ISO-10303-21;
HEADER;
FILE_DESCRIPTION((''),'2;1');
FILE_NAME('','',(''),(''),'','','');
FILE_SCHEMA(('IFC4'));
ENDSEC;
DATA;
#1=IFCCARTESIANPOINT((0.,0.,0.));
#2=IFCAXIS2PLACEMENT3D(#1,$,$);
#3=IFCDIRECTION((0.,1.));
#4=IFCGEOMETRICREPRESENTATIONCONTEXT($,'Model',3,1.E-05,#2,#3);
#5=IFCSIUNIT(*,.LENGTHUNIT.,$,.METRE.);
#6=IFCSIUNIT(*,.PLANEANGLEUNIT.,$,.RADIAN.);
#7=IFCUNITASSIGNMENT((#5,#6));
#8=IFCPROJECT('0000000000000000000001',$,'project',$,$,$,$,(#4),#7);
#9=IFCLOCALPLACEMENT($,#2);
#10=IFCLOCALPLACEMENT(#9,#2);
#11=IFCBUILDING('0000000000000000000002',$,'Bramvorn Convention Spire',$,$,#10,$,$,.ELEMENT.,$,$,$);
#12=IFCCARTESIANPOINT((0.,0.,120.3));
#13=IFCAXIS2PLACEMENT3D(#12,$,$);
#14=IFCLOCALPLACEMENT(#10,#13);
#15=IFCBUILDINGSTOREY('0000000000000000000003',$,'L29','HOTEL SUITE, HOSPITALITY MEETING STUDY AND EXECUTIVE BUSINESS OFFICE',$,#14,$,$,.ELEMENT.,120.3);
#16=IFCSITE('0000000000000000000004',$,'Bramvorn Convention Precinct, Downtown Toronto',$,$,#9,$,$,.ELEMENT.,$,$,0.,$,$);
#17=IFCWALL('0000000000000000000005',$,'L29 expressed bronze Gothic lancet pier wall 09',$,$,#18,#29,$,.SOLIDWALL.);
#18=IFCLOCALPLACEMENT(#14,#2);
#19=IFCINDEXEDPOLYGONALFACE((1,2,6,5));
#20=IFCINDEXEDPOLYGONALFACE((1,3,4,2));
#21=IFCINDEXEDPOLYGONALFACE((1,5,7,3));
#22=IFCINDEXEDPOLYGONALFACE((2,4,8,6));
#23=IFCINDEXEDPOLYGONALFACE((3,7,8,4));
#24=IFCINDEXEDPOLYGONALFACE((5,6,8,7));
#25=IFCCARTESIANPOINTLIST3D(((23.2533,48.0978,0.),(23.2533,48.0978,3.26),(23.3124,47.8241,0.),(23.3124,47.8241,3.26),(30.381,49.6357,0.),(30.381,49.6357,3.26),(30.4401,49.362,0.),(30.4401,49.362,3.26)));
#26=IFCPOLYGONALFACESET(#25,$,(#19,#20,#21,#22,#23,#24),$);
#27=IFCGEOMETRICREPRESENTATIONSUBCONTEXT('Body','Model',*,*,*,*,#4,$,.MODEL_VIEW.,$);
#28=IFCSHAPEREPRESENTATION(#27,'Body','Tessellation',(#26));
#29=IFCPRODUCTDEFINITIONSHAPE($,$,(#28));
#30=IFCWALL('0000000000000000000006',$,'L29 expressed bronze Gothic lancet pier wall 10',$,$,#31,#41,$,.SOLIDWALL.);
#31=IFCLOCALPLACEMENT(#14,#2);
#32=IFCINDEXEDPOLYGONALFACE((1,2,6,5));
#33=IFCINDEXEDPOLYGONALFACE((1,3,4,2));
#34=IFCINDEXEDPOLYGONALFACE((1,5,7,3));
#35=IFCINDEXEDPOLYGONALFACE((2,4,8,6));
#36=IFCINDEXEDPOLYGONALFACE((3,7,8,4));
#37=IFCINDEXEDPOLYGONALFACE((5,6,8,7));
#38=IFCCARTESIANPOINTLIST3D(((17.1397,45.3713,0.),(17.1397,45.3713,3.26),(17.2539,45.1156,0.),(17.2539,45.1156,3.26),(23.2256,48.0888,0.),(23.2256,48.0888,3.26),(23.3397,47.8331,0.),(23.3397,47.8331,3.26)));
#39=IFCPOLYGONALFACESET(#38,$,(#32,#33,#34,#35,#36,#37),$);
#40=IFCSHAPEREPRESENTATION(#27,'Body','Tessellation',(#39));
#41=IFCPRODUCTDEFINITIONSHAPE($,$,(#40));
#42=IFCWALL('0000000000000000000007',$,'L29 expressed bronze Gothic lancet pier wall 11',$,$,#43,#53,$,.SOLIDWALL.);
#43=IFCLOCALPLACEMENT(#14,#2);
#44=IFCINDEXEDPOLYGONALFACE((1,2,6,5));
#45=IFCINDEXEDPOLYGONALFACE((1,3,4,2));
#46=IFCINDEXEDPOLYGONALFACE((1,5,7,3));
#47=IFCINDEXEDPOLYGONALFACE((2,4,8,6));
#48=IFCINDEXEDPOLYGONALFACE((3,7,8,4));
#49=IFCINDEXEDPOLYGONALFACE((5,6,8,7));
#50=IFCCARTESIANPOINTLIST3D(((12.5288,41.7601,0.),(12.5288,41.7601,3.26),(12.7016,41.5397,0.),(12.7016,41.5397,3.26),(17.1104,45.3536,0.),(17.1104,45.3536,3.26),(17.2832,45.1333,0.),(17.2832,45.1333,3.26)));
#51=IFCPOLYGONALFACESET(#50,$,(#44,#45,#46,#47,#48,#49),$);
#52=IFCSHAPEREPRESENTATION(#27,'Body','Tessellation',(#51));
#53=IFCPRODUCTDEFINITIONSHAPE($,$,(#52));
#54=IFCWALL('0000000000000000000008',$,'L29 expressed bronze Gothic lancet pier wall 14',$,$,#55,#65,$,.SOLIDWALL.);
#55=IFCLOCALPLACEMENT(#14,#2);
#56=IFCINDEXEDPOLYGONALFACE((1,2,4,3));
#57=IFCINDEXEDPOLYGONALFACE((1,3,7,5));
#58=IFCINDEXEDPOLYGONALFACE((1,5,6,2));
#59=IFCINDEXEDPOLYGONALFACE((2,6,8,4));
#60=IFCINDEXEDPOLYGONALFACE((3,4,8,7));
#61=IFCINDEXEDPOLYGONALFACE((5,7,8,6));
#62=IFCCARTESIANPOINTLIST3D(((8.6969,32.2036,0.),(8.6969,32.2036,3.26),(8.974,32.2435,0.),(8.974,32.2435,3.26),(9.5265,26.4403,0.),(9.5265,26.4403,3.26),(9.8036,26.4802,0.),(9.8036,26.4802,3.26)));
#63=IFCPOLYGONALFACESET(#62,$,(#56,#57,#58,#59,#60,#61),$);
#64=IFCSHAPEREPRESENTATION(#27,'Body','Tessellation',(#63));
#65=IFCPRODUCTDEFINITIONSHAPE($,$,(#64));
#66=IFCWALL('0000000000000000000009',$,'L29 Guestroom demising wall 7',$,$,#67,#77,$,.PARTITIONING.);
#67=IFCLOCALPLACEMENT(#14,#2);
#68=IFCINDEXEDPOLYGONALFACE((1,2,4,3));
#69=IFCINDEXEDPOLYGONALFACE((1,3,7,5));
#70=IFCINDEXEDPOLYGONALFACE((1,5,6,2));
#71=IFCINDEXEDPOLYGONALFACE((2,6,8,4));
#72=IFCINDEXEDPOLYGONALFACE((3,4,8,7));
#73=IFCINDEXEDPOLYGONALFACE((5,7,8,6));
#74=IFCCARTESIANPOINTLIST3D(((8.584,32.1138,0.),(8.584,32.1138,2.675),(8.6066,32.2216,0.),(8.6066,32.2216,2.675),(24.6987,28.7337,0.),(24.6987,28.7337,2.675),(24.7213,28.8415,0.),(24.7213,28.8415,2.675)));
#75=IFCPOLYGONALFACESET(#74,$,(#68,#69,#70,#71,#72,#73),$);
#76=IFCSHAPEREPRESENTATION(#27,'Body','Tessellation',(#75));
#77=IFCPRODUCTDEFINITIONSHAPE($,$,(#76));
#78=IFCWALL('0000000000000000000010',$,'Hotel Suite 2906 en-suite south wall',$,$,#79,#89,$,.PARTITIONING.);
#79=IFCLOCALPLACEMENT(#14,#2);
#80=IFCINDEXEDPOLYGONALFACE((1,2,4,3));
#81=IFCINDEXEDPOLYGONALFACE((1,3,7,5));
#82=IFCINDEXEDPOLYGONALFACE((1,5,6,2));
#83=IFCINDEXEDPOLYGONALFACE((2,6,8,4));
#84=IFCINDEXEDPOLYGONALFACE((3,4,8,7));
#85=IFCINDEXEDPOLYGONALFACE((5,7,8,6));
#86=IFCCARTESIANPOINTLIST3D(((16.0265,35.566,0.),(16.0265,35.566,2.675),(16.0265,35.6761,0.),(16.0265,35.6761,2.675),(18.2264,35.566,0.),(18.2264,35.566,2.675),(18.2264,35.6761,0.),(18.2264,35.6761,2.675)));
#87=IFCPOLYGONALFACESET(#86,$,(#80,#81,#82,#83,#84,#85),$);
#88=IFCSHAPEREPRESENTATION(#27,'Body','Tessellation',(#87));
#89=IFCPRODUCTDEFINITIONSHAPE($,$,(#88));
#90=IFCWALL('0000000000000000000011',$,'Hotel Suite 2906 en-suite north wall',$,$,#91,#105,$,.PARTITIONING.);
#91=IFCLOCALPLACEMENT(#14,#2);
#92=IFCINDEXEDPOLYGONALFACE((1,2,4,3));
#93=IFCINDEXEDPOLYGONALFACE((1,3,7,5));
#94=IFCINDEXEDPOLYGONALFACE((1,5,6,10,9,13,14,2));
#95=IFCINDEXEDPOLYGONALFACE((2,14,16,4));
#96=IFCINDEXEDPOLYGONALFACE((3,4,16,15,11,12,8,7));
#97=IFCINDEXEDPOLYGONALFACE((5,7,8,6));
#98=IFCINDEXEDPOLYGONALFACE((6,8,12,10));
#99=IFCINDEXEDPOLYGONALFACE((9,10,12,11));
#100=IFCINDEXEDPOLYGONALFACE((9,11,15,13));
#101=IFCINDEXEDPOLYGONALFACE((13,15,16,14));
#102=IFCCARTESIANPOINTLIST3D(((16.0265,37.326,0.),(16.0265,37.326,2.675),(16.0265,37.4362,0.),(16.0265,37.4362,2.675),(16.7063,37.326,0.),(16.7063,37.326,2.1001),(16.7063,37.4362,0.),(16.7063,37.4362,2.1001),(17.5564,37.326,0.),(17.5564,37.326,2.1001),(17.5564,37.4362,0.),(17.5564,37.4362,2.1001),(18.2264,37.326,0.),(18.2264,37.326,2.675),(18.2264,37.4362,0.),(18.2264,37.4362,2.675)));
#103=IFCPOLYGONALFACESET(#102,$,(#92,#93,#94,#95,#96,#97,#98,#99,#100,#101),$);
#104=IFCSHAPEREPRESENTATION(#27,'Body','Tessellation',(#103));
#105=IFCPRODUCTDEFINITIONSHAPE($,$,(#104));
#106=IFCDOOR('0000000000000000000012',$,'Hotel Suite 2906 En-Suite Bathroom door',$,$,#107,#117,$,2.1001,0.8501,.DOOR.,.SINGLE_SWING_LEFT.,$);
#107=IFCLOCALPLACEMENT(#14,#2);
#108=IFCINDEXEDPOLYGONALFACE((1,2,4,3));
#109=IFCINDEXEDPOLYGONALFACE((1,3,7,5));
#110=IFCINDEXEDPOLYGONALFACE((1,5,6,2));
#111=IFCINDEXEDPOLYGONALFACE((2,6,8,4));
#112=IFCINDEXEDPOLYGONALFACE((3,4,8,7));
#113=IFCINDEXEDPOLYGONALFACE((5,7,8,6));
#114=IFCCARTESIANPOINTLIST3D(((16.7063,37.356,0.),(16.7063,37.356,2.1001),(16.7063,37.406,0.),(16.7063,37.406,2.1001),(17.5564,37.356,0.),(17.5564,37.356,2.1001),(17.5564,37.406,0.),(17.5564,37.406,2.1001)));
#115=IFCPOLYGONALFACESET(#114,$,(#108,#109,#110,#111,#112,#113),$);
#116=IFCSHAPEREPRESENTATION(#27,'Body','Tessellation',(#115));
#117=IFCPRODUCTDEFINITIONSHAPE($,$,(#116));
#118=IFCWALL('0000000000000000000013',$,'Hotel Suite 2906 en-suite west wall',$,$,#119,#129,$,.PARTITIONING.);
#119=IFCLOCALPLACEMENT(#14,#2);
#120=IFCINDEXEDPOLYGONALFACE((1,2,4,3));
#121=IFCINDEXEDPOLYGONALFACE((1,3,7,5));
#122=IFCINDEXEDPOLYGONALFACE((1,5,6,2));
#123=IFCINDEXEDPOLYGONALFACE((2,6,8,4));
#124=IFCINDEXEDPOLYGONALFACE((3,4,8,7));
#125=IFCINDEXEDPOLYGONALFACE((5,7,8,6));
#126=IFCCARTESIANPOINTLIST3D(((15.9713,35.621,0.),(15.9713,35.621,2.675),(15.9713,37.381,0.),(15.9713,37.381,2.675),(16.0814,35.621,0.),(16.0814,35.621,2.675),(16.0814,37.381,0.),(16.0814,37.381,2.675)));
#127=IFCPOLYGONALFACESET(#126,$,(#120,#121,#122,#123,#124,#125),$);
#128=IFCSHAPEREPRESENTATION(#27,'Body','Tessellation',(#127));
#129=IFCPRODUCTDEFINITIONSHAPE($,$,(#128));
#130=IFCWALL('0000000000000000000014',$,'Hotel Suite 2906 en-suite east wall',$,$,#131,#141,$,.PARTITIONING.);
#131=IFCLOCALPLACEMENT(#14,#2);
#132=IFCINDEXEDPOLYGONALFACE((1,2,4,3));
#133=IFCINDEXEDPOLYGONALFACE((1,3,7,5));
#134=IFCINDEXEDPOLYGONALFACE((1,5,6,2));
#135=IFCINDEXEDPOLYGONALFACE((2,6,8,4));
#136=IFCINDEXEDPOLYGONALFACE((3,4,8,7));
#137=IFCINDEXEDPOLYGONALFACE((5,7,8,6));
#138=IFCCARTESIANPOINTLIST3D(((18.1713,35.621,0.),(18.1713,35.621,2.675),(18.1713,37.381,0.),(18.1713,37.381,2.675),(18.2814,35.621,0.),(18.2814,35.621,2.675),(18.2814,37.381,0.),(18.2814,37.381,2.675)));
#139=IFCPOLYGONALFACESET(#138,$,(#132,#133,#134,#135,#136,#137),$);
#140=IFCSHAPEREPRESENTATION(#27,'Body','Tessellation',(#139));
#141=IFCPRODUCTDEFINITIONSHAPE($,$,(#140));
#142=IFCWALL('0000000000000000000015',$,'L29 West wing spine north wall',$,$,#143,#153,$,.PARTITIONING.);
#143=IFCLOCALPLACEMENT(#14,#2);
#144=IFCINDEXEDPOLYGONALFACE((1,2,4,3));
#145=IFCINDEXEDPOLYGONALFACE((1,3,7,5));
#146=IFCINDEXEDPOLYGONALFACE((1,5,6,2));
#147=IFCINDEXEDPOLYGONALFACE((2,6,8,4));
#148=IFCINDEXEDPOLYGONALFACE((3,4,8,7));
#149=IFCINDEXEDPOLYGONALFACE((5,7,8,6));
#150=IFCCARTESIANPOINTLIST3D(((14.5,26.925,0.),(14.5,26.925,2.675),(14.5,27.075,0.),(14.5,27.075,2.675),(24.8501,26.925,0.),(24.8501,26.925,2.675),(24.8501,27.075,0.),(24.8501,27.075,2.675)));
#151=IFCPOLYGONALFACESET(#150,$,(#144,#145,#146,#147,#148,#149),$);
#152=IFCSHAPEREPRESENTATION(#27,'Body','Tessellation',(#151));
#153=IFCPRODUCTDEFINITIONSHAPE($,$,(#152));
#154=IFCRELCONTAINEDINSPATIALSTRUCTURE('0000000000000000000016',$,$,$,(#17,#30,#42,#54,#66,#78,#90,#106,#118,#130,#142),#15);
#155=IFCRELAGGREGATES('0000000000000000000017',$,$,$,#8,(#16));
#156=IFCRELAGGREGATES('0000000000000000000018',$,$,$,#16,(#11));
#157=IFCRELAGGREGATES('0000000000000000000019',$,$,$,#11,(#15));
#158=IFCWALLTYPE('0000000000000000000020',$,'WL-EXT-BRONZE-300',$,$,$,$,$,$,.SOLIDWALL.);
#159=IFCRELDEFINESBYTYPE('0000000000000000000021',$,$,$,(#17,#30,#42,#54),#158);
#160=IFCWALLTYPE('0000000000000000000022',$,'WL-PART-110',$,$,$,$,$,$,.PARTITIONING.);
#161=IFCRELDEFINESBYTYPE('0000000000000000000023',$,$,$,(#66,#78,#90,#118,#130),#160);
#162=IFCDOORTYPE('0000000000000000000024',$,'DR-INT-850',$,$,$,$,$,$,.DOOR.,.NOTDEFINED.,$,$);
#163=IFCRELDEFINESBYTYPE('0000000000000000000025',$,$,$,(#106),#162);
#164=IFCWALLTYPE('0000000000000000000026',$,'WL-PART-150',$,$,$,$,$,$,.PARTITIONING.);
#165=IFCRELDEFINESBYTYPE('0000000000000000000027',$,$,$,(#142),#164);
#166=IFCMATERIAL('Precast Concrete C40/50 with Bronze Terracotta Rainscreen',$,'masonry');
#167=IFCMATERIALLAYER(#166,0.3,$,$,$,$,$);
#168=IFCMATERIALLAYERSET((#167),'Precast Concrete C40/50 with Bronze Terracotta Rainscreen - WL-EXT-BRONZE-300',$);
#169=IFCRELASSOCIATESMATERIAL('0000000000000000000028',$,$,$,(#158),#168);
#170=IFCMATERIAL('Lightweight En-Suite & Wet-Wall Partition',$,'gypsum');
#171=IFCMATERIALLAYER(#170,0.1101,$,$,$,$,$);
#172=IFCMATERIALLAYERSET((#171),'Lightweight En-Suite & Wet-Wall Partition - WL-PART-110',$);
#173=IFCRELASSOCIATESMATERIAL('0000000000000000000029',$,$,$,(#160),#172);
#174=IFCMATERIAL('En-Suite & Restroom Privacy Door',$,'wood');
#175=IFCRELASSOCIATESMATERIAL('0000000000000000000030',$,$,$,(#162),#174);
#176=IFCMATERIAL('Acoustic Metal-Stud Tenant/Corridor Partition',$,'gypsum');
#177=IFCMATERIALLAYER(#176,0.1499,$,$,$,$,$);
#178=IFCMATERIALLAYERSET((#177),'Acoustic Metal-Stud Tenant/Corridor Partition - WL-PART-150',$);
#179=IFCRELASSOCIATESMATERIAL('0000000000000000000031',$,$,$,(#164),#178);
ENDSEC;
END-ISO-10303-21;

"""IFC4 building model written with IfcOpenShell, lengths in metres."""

from ifc_helpers import new_model, si_unit, direction, frame, frame_2d, origin, place, context, subcontext, project, spatial, rectangle, extrude, material, layer, layer_set, type_object, element, fill, save


model = new_model("IFC4")

# Units and contexts
model_context = context("Model", 3, precision=1e-05, world=origin(), true_north=direction((0.0, 1.0)))
body_context = subcontext(model_context, "Body", "Model", "MODEL_VIEW")
ifc_project = project(units=[si_unit("LENGTHUNIT", "METRE"), si_unit("PLANEANGLEUNIT", "RADIAN")], contexts=[model_context])

# Site, building, storey
site_placement = place(None, origin())
site = spatial("IfcSite", under=ifc_project, at=site_placement, Name="Bramvorn Convention Precinct, Downtown Toronto", CompositionType="ELEMENT", RefElevation=0.0)
building_placement = place(site_placement, origin())
building = spatial("IfcBuilding", under=site, at=building_placement, Name="Bramvorn Convention Spire", CompositionType="ELEMENT")
storey_placement = place(building_placement, frame((0.0, 0.0, 120.3)))
storey = spatial("IfcBuildingStorey", under=building, at=storey_placement, Name="L29", Description="HOTEL SUITE, HOSPITALITY MEETING STUDY AND EXECUTIVE BUSINESS OFFICE", CompositionType="ELEMENT", Elevation=120.3)

# Walls
ifc_material_1 = material(Name="Precast Concrete C40/50 with Bronze Terracotta Rainscreen", Category="masonry")
ifc_layer_1 = layer(ifc_material_1, 0.3)
ifc_layer_set_1 = layer_set([ifc_layer_1], Name="Precast Concrete C40/50 with Bronze Terracotta Rainscreen - WL-EXT-BRONZE-300")
wall_type_1 = type_object("IfcWallType", Name="WL-EXT-BRONZE-300", PredefinedType="SOLIDWALL", material=ifc_layer_set_1)
wall_1_placement = place(storey_placement, frame((23.2827, 47.9609, 0.0), z_axis=(0.0, 0.0, 1.0), x_axis=(0.977507, 0.210903, 0.0)))
element("IfcWall", 1, at=wall_1_placement, inside=storey, type_object=wall_type_1, Name="L29 expressed bronze Gothic lancet pier wall 09", PredefinedType="SOLIDWALL", context=body_context, shape_type="SweptSolid", body=[
    extrude(rectangle(XDim=7.2917, YDim=0.28, at=frame_2d((3.646, 0.0))), origin(), (0.0, 0.0, 1.0), 3.26),
])
wall_2_placement = place(storey_placement, frame((17.1968, 45.2434, 0.0), z_axis=(0.0, 0.0, 1.0), x_axis=(0.913105, 0.407725, 0.0)))
element("IfcWall", 2, at=wall_2_placement, inside=storey, type_object=wall_type_1, Name="L29 expressed bronze Gothic lancet pier wall 10", PredefinedType="SOLIDWALL", context=body_context, shape_type="SweptSolid", body=[
    extrude(rectangle(XDim=6.665, YDim=0.28, at=frame_2d((3.3325, 0.0))), origin(), (0.0, 0.0, 1.0), 3.26),
])
for number, where, z_axis, x_axis, name in (
    (3, (12.6152, 41.6499, 0.0), (0.0, 0.0, 1.0), (0.786842, 0.617155, 0.0), "L29 expressed bronze Gothic lancet pier wall 11"),
    (4, (9.665, 26.4602, 0.0), (0.0, 0.0, 1.0), (-0.142472, 0.989799, 0.0), "L29 expressed bronze Gothic lancet pier wall 14"),
):
    element("IfcWall", number, at=place(storey_placement, frame(where, z_axis=z_axis, x_axis=x_axis)), inside=storey, type_object=wall_type_1, Name=name, PredefinedType="SOLIDWALL", context=body_context, shape_type="SweptSolid", body=[
        extrude(rectangle(XDim=5.8228, YDim=0.28, at=frame_2d((2.9114, 0.0))), origin(), (0.0, 0.0, 1.0), 3.26),
    ])
ifc_material_2 = material(Name="Lightweight En-Suite & Wet-Wall Partition", Category="gypsum")
ifc_layer_2 = layer(ifc_material_2, 0.1101)
ifc_layer_set_2 = layer_set([ifc_layer_2], Name="Lightweight En-Suite & Wet-Wall Partition - WL-PART-110")
wall_type_2 = type_object("IfcWallType", Name="WL-PART-110", PredefinedType="PARTITIONING", material=ifc_layer_set_2)
wall_3_placement = place(storey_placement, frame((24.71, 28.7876, 0.0), z_axis=(0.0, 0.0, 1.0), x_axis=(-0.978702, 0.205286, 0.0)))
element("IfcWall", 5, at=wall_3_placement, inside=storey, type_object=wall_type_2, Name="L29 Guestroom demising wall 7", PredefinedType="PARTITIONING", context=body_context, shape_type="SweptSolid", body=[
    extrude(rectangle(XDim=16.4653, YDim=0.1101, at=frame_2d((8.2327, 0.0))), origin(), (0.0, 0.0, 1.0), 2.675),
])
wall_4_placement = place(storey_placement, frame((16.0264, 35.6211, 0.0), z_axis=(0.0, 0.0, 1.0), x_axis=(1.0, 0.0, 0.0)))
element("IfcWall", 6, at=wall_4_placement, inside=storey, type_object=wall_type_2, Name="Hotel Suite 2906 en-suite south wall", PredefinedType="PARTITIONING", context=body_context, shape_type="SweptSolid", body=[
    extrude(rectangle(XDim=2.2, YDim=0.1101, at=frame_2d((1.1001, 0.0))), origin(), (0.0, 0.0, 1.0), 2.675),
])

# Wall, opening, door
wall_5_placement = place(storey_placement, frame((16.0264, 37.3811, 0.0), z_axis=(0.0, 0.0, 1.0), x_axis=(1.0, 0.0, 0.0)))
wall_5 = element("IfcWall", 7, at=wall_5_placement, inside=storey, type_object=wall_type_2, Name="Hotel Suite 2906 en-suite north wall", PredefinedType="PARTITIONING", context=body_context, shape_type="SweptSolid", body=[
    extrude(rectangle(XDim=2.2, YDim=0.1101, at=frame_2d((1.1001, 0.0))), origin(), (0.0, 0.0, 1.0), 2.675),
])
opening_placement = place(wall_5_placement, frame((0.6799, 0.0, 0.0)))
opening = element("IfcOpeningElement", 8, at=opening_placement, cuts=wall_5, PredefinedType="OPENING", context=body_context, shape_type="SweptSolid", body=[
    extrude(rectangle(XDim=0.8501, YDim=2.1001, at=frame_2d((0.425, 1.05))), frame((0.0, 0.0649, 0.0), z_axis=(0.0, -1.0, 0.0), x_axis=(1.0, 0.0, 0.0)), (0.0, 0.0, 1.0), 0.1301),
])
ifc_material_3 = material(Name="En-Suite & Restroom Privacy Door", Category="wood")
door_type = type_object("IfcDoorType", Name="DR-INT-850", OperationType="NOTDEFINED", PredefinedType="DOOR", material=ifc_material_3)
door_placement = place(opening_placement, origin())
door = element("IfcDoor", 9, at=door_placement, inside=storey, type_object=door_type, Name="Hotel Suite 2906 En-Suite Bathroom door", OperationType="SINGLE_SWING_LEFT", OverallHeight=2.1001, OverallWidth=0.8501, PredefinedType="DOOR", context=body_context, shape_type="SweptSolid", body=[
    extrude(rectangle(XDim=0.8501, YDim=2.1001, at=frame_2d((0.425, 1.05))), frame((0.0, 0.0249, 0.0), z_axis=(0.0, -1.0, 0.0), x_axis=(1.0, 0.0, 0.0)), (0.0, 0.0, 1.0), 0.05),
])
fill(opening, door)

# Walls
for number, where, z_axis, x_axis, name in (
    (10, (16.0264, 35.6211, 0.0), (0.0, 0.0, 1.0), (0.0, 1.0, 0.0), "Hotel Suite 2906 en-suite west wall"),
    (11, (18.2263, 35.6211, 0.0), (0.0, 0.0, 1.0), (0.0, 1.0, 0.0), "Hotel Suite 2906 en-suite east wall"),
):
    element("IfcWall", number, at=place(storey_placement, frame(where, z_axis=z_axis, x_axis=x_axis)), inside=storey, type_object=wall_type_2, Name=name, PredefinedType="PARTITIONING", context=body_context, shape_type="SweptSolid", body=[
        extrude(rectangle(XDim=1.76, YDim=0.1101, at=frame_2d((0.8799, 0.0))), origin(), (0.0, 0.0, 1.0), 2.675),
    ])
ifc_material_4 = material(Name="Acoustic Metal-Stud Tenant/Corridor Partition", Category="gypsum")
ifc_layer_3 = layer(ifc_material_4, 0.1499)
ifc_layer_set_3 = layer_set([ifc_layer_3], Name="Acoustic Metal-Stud Tenant/Corridor Partition - WL-PART-150")
wall_type_3 = type_object("IfcWallType", Name="WL-PART-150", PredefinedType="PARTITIONING", material=ifc_layer_set_3)
wall_6_placement = place(storey_placement, frame((14.5, 27.0, 0.0), z_axis=(0.0, 0.0, 1.0), x_axis=(1.0, 0.0, 0.0)))
element("IfcWall", 12, at=wall_6_placement, inside=storey, type_object=wall_type_3, Name="L29 West wing spine north wall", PredefinedType="PARTITIONING", context=body_context, shape_type="SweptSolid", body=[
    extrude(rectangle(XDim=10.3501, YDim=0.1499, at=frame_2d((5.175, 0.0))), origin(), (0.0, 0.0, 1.0), 2.675),
])

save(model, "model.ifc")
